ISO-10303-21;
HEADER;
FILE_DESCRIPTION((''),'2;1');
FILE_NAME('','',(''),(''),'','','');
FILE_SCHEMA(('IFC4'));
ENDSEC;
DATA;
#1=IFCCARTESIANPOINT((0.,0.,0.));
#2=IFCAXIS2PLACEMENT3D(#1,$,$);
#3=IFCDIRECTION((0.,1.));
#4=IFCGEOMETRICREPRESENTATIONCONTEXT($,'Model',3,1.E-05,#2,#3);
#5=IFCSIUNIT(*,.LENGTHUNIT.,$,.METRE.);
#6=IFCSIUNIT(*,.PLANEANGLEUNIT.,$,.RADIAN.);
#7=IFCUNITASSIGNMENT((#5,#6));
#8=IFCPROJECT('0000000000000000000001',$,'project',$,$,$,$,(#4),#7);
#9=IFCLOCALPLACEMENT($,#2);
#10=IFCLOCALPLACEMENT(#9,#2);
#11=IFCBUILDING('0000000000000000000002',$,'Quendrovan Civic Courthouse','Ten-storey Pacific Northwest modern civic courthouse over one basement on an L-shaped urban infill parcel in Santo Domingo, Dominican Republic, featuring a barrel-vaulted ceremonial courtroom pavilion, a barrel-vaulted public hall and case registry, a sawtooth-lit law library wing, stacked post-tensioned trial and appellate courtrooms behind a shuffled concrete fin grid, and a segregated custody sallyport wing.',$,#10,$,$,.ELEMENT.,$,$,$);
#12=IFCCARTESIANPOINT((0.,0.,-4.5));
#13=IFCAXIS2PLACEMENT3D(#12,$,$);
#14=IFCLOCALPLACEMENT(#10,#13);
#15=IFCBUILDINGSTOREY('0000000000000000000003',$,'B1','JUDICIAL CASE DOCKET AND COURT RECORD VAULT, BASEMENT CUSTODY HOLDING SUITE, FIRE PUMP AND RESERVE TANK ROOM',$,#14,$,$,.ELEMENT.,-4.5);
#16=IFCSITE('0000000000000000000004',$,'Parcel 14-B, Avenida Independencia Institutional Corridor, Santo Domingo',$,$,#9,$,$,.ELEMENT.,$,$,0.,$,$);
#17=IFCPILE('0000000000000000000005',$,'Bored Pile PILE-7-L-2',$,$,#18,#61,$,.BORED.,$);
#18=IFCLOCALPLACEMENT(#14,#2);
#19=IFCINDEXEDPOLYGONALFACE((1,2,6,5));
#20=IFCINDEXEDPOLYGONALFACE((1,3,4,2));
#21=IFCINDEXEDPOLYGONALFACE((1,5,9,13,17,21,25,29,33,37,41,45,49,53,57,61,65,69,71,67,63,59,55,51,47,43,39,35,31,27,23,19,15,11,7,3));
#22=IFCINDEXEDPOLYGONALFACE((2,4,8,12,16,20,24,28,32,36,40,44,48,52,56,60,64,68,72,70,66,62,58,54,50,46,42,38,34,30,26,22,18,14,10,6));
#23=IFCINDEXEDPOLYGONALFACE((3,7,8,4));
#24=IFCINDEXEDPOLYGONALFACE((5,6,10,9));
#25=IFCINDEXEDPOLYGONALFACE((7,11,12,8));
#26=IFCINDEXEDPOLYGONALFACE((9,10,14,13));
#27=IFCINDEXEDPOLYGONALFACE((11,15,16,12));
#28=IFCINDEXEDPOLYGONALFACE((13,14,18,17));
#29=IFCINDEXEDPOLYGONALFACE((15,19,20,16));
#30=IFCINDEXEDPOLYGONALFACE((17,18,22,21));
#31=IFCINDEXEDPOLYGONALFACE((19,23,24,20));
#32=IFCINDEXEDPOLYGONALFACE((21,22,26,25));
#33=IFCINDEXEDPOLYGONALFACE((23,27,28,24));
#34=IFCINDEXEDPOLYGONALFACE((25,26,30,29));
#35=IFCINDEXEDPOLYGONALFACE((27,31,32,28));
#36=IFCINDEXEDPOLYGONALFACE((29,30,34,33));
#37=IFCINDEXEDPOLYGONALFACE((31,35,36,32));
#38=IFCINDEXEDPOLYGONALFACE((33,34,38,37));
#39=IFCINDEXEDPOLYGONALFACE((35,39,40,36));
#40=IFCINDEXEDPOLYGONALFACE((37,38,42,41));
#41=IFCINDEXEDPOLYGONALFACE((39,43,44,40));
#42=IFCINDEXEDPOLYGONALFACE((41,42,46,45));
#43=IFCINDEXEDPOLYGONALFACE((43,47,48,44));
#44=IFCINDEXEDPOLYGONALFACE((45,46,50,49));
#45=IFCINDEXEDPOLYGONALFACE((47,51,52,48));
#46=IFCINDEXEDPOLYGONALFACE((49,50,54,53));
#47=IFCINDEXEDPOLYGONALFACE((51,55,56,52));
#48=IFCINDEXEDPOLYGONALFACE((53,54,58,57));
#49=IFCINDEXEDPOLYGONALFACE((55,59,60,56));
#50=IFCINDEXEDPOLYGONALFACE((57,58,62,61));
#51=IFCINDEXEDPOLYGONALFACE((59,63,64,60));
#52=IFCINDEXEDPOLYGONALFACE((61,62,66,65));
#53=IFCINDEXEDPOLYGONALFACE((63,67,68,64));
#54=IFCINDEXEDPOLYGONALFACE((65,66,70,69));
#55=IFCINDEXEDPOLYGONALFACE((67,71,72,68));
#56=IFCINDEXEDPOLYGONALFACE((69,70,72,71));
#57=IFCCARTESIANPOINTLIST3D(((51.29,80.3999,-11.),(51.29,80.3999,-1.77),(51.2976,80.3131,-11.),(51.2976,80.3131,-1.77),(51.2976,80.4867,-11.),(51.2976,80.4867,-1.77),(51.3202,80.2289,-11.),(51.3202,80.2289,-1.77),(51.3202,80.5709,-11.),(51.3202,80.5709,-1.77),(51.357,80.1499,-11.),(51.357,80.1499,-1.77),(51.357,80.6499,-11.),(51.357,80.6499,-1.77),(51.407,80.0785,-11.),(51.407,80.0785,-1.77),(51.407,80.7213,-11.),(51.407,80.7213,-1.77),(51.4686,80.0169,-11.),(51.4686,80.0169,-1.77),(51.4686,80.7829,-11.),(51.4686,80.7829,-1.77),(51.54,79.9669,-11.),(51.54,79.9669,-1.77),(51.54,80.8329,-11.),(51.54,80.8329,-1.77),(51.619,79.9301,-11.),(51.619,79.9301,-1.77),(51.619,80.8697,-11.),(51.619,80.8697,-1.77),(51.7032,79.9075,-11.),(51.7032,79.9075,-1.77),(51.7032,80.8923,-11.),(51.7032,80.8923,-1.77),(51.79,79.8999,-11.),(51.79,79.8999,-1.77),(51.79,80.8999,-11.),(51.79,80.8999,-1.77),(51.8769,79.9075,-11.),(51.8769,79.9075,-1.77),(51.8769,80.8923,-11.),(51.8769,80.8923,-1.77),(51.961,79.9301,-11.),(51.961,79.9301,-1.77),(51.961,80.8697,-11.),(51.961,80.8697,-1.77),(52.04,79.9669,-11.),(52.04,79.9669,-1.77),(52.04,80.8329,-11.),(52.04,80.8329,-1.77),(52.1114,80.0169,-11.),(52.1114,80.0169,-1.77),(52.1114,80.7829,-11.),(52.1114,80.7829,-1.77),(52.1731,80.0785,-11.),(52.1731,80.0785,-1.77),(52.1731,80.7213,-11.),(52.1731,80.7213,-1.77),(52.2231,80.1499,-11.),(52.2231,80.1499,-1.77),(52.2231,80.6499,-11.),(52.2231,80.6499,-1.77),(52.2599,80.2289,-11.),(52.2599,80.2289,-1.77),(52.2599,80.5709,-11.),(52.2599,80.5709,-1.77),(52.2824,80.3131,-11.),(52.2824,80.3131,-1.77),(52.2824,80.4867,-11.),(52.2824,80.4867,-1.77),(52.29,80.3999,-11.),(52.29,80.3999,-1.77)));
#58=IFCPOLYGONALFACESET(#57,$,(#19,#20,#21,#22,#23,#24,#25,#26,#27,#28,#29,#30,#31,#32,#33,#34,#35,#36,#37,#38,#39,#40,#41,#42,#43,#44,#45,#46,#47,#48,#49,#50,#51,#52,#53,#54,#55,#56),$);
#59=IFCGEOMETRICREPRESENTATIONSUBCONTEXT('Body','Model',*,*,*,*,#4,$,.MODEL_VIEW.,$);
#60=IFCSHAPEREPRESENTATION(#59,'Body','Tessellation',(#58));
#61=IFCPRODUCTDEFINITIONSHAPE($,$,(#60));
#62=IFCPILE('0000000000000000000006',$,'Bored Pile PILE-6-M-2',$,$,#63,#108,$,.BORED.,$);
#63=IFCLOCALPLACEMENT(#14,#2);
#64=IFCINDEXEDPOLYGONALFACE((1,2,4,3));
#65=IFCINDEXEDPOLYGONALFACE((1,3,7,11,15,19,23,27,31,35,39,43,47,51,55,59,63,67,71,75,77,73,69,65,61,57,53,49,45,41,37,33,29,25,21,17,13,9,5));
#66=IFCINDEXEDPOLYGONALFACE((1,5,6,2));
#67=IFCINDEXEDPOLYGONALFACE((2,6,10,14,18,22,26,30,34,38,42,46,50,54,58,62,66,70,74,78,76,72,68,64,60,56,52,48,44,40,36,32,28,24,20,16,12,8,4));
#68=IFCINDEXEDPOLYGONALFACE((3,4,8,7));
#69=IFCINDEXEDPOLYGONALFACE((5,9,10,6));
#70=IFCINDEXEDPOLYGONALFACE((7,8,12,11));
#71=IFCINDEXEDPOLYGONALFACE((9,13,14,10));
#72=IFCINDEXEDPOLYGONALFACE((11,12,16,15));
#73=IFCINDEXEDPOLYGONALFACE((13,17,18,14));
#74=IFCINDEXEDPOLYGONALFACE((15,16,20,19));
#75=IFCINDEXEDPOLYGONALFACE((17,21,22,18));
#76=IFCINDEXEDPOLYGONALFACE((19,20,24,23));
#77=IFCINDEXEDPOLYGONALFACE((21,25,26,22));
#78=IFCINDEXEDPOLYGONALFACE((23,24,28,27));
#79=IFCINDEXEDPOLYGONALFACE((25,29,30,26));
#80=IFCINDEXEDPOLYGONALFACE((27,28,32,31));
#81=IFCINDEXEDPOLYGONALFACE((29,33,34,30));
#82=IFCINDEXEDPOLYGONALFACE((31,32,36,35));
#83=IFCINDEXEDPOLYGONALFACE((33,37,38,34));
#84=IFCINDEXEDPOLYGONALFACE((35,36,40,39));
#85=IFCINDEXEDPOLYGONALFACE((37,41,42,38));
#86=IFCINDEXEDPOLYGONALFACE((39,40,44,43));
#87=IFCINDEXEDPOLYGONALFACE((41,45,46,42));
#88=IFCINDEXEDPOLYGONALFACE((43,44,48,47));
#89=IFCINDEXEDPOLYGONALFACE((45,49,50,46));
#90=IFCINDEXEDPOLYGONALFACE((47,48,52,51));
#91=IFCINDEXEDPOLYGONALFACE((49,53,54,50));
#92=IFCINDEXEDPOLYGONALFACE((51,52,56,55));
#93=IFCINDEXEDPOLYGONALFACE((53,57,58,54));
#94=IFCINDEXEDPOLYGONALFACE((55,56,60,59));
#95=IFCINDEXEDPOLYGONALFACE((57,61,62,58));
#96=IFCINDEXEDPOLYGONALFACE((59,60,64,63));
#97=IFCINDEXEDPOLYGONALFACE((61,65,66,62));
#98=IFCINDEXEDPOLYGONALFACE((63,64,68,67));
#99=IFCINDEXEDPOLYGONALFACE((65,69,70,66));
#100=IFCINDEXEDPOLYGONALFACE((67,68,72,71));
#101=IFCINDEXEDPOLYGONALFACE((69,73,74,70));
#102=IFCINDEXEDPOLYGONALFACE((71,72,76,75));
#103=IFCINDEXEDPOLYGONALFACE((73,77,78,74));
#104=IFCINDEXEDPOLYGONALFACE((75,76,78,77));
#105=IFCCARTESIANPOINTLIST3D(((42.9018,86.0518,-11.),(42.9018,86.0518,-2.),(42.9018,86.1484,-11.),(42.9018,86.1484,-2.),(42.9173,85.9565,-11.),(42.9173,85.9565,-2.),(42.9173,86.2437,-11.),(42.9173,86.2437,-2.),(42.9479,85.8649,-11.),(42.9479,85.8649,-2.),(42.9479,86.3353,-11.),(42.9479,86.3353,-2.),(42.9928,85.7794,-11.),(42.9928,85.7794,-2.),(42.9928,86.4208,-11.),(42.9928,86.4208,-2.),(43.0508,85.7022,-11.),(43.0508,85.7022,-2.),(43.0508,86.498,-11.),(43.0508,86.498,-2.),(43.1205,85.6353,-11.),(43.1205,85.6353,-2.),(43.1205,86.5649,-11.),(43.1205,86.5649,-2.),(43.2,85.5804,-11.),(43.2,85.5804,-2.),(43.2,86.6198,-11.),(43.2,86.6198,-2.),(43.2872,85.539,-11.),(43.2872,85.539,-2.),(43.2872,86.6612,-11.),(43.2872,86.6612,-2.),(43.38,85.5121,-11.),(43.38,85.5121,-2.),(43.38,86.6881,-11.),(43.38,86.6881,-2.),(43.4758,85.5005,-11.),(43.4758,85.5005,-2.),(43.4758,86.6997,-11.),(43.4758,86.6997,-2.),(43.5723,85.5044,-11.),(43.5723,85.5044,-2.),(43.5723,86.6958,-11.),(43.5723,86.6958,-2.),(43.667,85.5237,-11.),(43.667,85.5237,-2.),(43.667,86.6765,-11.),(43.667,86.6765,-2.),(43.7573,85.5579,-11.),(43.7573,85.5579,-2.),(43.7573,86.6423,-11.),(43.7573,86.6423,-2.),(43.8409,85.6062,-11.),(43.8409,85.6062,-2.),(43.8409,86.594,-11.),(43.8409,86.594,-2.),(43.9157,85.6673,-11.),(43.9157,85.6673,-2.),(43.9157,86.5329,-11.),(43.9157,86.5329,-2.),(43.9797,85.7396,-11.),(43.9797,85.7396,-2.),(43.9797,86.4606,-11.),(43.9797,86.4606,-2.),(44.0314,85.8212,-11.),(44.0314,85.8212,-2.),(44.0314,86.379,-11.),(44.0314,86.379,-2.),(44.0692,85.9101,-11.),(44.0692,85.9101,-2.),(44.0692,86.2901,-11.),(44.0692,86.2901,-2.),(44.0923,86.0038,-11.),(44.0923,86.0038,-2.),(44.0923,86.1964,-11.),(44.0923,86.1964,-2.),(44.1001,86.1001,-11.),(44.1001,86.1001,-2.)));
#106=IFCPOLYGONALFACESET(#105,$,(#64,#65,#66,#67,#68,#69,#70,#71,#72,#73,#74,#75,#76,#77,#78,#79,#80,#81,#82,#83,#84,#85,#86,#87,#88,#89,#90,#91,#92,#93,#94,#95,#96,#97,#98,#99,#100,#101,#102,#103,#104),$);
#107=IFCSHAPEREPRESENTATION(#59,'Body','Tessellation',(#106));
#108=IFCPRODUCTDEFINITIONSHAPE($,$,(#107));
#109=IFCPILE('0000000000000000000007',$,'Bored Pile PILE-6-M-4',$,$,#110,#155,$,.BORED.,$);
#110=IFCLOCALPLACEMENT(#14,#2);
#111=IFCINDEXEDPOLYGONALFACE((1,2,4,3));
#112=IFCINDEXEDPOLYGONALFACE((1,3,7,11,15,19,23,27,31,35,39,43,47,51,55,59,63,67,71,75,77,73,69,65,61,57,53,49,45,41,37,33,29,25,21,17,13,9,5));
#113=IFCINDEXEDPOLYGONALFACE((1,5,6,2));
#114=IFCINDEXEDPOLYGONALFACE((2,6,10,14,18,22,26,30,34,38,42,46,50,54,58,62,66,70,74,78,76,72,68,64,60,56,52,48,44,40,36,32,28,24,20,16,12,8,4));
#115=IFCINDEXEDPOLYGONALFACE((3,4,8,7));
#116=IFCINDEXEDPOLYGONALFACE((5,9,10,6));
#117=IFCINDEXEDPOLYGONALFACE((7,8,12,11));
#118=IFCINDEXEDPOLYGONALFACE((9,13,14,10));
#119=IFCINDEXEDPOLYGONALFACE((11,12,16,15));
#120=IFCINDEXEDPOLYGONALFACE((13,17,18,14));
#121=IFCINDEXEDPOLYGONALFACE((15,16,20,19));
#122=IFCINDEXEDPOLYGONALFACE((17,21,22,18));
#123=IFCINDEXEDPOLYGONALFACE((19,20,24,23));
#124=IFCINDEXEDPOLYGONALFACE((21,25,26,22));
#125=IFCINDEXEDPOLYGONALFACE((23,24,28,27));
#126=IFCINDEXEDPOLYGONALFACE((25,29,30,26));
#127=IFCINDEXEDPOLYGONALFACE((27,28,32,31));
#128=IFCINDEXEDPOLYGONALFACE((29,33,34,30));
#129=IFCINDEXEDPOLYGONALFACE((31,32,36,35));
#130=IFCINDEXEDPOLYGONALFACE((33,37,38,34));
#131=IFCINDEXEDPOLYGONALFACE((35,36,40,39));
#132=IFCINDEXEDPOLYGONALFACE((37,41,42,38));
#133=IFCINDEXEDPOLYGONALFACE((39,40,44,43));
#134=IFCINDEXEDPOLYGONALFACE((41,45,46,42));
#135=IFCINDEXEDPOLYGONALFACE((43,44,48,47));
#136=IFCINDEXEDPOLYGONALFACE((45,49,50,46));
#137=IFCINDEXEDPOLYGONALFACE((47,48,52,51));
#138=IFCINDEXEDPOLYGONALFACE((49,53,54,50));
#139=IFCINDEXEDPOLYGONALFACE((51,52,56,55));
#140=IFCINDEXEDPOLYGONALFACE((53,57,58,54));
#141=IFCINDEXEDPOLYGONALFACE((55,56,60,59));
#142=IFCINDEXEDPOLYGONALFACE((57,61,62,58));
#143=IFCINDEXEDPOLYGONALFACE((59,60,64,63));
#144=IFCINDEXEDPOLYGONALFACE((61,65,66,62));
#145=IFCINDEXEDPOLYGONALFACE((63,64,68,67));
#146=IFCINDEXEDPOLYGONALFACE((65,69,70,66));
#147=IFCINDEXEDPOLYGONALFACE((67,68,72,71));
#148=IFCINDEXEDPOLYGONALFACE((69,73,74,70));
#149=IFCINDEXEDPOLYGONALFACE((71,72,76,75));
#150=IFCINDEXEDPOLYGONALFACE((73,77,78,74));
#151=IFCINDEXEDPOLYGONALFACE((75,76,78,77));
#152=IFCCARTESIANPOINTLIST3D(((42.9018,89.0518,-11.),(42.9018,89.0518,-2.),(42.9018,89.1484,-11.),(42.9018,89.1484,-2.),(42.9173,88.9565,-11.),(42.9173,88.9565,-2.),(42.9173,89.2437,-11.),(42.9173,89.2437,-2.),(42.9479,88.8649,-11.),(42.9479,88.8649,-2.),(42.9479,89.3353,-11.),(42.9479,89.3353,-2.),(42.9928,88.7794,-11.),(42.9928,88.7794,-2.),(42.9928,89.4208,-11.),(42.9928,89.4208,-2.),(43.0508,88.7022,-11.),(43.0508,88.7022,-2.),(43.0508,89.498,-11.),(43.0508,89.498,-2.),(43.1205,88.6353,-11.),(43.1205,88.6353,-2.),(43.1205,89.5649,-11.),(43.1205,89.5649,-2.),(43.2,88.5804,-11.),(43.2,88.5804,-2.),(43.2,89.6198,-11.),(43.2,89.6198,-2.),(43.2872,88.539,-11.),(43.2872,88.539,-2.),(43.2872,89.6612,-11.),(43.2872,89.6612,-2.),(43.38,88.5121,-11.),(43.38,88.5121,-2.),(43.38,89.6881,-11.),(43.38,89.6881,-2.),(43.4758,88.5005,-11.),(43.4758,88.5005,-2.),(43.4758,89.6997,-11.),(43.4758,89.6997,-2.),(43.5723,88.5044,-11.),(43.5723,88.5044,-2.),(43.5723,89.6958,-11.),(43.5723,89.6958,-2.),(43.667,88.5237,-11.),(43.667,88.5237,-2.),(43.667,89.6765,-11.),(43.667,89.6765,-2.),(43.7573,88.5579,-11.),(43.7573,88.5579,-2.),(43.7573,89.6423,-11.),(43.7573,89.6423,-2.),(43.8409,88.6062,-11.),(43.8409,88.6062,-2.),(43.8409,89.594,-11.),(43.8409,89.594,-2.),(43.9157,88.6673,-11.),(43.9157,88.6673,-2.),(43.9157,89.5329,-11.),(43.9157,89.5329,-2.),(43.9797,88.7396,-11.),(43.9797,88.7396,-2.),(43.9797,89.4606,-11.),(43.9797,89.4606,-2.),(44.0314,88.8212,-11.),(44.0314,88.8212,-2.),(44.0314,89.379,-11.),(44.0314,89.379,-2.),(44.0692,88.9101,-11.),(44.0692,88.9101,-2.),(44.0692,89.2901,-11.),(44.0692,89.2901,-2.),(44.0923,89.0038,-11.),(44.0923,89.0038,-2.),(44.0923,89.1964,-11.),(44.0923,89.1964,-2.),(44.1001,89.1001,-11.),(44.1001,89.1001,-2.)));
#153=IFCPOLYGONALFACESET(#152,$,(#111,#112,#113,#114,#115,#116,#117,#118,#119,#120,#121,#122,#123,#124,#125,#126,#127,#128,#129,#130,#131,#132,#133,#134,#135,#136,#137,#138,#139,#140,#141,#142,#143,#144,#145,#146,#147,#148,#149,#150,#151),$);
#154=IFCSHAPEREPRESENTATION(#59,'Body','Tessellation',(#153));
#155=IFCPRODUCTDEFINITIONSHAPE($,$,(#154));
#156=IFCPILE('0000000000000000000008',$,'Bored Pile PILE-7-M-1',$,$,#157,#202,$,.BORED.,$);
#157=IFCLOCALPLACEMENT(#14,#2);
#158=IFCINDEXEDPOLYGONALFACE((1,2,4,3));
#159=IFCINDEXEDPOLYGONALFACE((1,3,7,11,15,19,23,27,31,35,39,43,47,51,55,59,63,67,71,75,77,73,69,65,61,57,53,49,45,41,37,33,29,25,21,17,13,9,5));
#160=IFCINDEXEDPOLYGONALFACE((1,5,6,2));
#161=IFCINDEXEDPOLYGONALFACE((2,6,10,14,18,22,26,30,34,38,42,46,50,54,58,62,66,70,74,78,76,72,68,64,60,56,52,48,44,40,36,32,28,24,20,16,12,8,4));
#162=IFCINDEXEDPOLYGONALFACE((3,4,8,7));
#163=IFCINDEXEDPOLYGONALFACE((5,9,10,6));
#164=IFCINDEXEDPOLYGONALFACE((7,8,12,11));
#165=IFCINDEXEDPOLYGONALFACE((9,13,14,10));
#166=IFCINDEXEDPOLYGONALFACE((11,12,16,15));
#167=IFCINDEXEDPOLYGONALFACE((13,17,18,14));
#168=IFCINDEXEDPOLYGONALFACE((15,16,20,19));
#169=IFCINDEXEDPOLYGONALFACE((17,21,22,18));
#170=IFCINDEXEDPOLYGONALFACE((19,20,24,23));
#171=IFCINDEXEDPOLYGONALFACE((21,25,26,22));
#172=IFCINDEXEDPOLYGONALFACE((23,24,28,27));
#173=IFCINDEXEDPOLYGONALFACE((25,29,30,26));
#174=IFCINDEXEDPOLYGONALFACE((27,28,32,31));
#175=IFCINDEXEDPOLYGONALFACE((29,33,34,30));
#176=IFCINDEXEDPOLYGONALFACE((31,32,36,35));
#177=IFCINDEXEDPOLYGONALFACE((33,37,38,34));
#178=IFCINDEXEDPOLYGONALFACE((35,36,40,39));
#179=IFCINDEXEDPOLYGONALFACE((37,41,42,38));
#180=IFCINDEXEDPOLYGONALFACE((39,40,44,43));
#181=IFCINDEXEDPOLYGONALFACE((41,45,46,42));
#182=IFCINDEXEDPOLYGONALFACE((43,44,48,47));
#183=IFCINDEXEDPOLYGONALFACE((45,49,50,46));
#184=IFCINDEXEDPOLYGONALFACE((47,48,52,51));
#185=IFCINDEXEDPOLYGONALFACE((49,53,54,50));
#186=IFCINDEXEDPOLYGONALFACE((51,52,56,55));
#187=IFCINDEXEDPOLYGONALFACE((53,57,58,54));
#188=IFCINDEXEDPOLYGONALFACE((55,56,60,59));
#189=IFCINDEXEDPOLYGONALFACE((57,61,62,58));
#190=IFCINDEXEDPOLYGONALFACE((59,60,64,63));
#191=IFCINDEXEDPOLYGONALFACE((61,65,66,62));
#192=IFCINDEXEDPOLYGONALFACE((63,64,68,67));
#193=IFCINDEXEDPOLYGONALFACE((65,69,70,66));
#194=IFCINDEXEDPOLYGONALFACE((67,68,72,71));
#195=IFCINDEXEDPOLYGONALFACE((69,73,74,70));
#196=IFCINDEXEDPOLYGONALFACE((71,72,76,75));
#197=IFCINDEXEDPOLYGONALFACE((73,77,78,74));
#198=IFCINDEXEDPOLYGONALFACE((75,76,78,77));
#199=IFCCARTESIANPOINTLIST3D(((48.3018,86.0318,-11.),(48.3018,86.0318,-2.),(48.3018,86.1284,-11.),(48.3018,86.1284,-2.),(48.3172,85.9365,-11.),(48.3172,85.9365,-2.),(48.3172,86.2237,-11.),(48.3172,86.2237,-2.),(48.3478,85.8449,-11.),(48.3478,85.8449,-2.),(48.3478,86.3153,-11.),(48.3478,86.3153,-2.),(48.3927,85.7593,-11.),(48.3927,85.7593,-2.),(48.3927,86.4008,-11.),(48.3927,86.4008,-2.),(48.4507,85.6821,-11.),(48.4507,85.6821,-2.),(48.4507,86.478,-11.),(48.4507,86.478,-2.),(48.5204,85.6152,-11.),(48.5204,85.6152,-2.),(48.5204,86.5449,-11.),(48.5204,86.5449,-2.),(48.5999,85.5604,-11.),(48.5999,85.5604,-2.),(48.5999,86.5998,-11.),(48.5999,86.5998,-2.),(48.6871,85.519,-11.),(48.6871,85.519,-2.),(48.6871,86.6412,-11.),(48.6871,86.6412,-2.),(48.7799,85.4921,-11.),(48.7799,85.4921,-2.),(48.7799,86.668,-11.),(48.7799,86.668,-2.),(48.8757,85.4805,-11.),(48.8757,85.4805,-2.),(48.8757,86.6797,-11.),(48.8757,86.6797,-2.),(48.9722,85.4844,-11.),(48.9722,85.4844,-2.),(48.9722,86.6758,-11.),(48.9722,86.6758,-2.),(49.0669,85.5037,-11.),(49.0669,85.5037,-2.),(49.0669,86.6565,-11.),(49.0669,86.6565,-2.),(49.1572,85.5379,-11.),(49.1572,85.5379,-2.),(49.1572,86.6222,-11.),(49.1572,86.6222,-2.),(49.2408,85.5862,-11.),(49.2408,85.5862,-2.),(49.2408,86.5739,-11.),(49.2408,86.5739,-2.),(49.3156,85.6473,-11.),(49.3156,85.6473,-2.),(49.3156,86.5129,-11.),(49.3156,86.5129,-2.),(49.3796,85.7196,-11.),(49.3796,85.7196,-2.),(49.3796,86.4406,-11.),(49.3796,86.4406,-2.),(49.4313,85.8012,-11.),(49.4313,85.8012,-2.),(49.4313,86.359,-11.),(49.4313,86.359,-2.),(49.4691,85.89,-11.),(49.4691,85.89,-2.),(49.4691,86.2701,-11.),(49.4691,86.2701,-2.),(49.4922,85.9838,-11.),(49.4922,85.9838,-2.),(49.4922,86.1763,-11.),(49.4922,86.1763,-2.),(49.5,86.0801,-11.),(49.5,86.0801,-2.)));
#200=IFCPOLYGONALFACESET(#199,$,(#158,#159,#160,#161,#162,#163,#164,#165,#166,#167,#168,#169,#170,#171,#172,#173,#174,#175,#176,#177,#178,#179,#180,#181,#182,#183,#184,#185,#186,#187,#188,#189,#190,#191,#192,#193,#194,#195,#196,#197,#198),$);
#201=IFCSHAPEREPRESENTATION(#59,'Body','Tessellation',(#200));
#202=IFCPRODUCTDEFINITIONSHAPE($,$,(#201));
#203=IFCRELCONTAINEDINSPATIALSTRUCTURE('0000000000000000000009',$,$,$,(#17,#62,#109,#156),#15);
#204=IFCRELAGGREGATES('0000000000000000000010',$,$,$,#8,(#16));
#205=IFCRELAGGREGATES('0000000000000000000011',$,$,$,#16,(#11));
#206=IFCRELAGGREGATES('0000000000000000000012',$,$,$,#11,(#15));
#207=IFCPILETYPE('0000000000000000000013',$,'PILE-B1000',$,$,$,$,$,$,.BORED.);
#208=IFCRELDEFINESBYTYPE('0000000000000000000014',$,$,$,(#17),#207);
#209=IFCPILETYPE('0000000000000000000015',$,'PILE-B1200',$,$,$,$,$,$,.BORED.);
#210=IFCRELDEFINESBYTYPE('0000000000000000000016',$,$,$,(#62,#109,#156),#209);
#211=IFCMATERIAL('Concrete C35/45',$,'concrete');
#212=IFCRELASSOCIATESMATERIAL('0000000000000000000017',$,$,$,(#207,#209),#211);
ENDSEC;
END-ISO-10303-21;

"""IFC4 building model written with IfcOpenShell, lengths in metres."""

from ifc_helpers import new_model, si_unit, direction, frame, origin, origin_2d, place, context, subcontext, project, spatial, circle, extrude, material, material_profile, profile_set, type_object, element, save


model = new_model("IFC4")

# Units and contexts
model_context = context("Model", 3, precision=1e-05, world=origin(), true_north=direction((0.0, 1.0)))
body_context = subcontext(model_context, "Body", "Model", "MODEL_VIEW")
ifc_project = project(units=[si_unit("LENGTHUNIT", "METRE"), si_unit("PLANEANGLEUNIT", "RADIAN")], contexts=[model_context])

# Site, building, storey
site_placement = place(None, origin())
site = spatial("IfcSite", under=ifc_project, at=site_placement, Name="Parcel 14-B, Avenida Independencia Institutional Corridor, Santo Domingo", CompositionType="ELEMENT", RefElevation=0.0)
building_placement = place(site_placement, origin())
building = spatial("IfcBuilding", under=site, at=building_placement, Name="Quendrovan Civic Courthouse", Description="Ten-storey Pacific Northwest modern civic courthouse over one basement on an L-shaped urban infill parcel in Santo Domingo, Dominican Republic, featuring a barrel-vaulted ceremonial courtroom pavilion, a barrel-vaulted public hall and case registry, a sawtooth-lit law library wing, stacked post-tensioned trial and appellate courtrooms behind a shuffled concrete fin grid, and a segregated custody sallyport wing.", CompositionType="ELEMENT")
storey_placement = place(building_placement, frame((0.0, 0.0, -4.5)))
storey = spatial("IfcBuildingStorey", under=building, at=storey_placement, Name="B1", Description="JUDICIAL CASE DOCKET AND COURT RECORD VAULT, BASEMENT CUSTODY HOLDING SUITE, FIRE PUMP AND RESERVE TANK ROOM", CompositionType="ELEMENT", Elevation=-4.5)

# Shared definitions
ifc_material_1 = material(Name="Concrete C35/45", Category="concrete")

# Piles
ifc_material_profile_1 = material_profile(ifc_material_1, circle(Radius=0.5, at=origin_2d()), Name="PILE-D1000")
ifc_profile_set_1 = profile_set([ifc_material_profile_1], Name="Concrete C35/45")
pile_type_1 = type_object("IfcPileType", Name="PILE-B1000", PredefinedType="BORED", material=ifc_profile_set_1)
for number, where, z_axis, x_axis, name in (
    (1, (51.79, 80.3999, -1.77), (0.0, 0.0, -1.0), (1.0, 0.0, 0.0), "Bored Pile PILE-7-L-2"),
):
    element("IfcPile", number, at=place(storey_placement, frame(where, z_axis=z_axis, x_axis=x_axis)), inside=storey, type_object=pile_type_1, Name=name, PredefinedType="BORED", context=body_context, shape_type="SweptSolid", body=[
        extrude(circle(Radius=0.5, at=origin_2d()), origin(), (0.0, 0.0, 1.0), 9.23),
    ])
ifc_material_profile_2 = material_profile(ifc_material_1, circle(Radius=0.6001, at=origin_2d()), Name="PILE-D1200")
ifc_profile_set_2 = profile_set([ifc_material_profile_2], Name="Concrete C35/45")
pile_type_2 = type_object("IfcPileType", Name="PILE-B1200", PredefinedType="BORED", material=ifc_profile_set_2)
for number, where, z_axis, x_axis, name in (
    (2, (43.5, 86.1001, -2.0), (0.0, 0.0, -1.0), (1.0, 0.0, 0.0), "Bored Pile PILE-6-M-2"),
    (3, (43.5, 89.1001, -2.0), (0.0, 0.0, -1.0), (1.0, 0.0, 0.0), "Bored Pile PILE-6-M-4"),
    (4, (48.8999, 86.0801, -2.0), (0.0, 0.0, -1.0), (1.0, 0.0, 0.0), "Bored Pile PILE-7-M-1"),
):
    element("IfcPile", number, at=place(storey_placement, frame(where, z_axis=z_axis, x_axis=x_axis)), inside=storey, type_object=pile_type_2, Name=name, PredefinedType="BORED", context=body_context, shape_type="SweptSolid", body=[
        extrude(circle(Radius=0.6001, at=origin_2d()), origin(), (0.0, 0.0, 1.0), 9.0),
    ])

save(model, "model.ifc")
